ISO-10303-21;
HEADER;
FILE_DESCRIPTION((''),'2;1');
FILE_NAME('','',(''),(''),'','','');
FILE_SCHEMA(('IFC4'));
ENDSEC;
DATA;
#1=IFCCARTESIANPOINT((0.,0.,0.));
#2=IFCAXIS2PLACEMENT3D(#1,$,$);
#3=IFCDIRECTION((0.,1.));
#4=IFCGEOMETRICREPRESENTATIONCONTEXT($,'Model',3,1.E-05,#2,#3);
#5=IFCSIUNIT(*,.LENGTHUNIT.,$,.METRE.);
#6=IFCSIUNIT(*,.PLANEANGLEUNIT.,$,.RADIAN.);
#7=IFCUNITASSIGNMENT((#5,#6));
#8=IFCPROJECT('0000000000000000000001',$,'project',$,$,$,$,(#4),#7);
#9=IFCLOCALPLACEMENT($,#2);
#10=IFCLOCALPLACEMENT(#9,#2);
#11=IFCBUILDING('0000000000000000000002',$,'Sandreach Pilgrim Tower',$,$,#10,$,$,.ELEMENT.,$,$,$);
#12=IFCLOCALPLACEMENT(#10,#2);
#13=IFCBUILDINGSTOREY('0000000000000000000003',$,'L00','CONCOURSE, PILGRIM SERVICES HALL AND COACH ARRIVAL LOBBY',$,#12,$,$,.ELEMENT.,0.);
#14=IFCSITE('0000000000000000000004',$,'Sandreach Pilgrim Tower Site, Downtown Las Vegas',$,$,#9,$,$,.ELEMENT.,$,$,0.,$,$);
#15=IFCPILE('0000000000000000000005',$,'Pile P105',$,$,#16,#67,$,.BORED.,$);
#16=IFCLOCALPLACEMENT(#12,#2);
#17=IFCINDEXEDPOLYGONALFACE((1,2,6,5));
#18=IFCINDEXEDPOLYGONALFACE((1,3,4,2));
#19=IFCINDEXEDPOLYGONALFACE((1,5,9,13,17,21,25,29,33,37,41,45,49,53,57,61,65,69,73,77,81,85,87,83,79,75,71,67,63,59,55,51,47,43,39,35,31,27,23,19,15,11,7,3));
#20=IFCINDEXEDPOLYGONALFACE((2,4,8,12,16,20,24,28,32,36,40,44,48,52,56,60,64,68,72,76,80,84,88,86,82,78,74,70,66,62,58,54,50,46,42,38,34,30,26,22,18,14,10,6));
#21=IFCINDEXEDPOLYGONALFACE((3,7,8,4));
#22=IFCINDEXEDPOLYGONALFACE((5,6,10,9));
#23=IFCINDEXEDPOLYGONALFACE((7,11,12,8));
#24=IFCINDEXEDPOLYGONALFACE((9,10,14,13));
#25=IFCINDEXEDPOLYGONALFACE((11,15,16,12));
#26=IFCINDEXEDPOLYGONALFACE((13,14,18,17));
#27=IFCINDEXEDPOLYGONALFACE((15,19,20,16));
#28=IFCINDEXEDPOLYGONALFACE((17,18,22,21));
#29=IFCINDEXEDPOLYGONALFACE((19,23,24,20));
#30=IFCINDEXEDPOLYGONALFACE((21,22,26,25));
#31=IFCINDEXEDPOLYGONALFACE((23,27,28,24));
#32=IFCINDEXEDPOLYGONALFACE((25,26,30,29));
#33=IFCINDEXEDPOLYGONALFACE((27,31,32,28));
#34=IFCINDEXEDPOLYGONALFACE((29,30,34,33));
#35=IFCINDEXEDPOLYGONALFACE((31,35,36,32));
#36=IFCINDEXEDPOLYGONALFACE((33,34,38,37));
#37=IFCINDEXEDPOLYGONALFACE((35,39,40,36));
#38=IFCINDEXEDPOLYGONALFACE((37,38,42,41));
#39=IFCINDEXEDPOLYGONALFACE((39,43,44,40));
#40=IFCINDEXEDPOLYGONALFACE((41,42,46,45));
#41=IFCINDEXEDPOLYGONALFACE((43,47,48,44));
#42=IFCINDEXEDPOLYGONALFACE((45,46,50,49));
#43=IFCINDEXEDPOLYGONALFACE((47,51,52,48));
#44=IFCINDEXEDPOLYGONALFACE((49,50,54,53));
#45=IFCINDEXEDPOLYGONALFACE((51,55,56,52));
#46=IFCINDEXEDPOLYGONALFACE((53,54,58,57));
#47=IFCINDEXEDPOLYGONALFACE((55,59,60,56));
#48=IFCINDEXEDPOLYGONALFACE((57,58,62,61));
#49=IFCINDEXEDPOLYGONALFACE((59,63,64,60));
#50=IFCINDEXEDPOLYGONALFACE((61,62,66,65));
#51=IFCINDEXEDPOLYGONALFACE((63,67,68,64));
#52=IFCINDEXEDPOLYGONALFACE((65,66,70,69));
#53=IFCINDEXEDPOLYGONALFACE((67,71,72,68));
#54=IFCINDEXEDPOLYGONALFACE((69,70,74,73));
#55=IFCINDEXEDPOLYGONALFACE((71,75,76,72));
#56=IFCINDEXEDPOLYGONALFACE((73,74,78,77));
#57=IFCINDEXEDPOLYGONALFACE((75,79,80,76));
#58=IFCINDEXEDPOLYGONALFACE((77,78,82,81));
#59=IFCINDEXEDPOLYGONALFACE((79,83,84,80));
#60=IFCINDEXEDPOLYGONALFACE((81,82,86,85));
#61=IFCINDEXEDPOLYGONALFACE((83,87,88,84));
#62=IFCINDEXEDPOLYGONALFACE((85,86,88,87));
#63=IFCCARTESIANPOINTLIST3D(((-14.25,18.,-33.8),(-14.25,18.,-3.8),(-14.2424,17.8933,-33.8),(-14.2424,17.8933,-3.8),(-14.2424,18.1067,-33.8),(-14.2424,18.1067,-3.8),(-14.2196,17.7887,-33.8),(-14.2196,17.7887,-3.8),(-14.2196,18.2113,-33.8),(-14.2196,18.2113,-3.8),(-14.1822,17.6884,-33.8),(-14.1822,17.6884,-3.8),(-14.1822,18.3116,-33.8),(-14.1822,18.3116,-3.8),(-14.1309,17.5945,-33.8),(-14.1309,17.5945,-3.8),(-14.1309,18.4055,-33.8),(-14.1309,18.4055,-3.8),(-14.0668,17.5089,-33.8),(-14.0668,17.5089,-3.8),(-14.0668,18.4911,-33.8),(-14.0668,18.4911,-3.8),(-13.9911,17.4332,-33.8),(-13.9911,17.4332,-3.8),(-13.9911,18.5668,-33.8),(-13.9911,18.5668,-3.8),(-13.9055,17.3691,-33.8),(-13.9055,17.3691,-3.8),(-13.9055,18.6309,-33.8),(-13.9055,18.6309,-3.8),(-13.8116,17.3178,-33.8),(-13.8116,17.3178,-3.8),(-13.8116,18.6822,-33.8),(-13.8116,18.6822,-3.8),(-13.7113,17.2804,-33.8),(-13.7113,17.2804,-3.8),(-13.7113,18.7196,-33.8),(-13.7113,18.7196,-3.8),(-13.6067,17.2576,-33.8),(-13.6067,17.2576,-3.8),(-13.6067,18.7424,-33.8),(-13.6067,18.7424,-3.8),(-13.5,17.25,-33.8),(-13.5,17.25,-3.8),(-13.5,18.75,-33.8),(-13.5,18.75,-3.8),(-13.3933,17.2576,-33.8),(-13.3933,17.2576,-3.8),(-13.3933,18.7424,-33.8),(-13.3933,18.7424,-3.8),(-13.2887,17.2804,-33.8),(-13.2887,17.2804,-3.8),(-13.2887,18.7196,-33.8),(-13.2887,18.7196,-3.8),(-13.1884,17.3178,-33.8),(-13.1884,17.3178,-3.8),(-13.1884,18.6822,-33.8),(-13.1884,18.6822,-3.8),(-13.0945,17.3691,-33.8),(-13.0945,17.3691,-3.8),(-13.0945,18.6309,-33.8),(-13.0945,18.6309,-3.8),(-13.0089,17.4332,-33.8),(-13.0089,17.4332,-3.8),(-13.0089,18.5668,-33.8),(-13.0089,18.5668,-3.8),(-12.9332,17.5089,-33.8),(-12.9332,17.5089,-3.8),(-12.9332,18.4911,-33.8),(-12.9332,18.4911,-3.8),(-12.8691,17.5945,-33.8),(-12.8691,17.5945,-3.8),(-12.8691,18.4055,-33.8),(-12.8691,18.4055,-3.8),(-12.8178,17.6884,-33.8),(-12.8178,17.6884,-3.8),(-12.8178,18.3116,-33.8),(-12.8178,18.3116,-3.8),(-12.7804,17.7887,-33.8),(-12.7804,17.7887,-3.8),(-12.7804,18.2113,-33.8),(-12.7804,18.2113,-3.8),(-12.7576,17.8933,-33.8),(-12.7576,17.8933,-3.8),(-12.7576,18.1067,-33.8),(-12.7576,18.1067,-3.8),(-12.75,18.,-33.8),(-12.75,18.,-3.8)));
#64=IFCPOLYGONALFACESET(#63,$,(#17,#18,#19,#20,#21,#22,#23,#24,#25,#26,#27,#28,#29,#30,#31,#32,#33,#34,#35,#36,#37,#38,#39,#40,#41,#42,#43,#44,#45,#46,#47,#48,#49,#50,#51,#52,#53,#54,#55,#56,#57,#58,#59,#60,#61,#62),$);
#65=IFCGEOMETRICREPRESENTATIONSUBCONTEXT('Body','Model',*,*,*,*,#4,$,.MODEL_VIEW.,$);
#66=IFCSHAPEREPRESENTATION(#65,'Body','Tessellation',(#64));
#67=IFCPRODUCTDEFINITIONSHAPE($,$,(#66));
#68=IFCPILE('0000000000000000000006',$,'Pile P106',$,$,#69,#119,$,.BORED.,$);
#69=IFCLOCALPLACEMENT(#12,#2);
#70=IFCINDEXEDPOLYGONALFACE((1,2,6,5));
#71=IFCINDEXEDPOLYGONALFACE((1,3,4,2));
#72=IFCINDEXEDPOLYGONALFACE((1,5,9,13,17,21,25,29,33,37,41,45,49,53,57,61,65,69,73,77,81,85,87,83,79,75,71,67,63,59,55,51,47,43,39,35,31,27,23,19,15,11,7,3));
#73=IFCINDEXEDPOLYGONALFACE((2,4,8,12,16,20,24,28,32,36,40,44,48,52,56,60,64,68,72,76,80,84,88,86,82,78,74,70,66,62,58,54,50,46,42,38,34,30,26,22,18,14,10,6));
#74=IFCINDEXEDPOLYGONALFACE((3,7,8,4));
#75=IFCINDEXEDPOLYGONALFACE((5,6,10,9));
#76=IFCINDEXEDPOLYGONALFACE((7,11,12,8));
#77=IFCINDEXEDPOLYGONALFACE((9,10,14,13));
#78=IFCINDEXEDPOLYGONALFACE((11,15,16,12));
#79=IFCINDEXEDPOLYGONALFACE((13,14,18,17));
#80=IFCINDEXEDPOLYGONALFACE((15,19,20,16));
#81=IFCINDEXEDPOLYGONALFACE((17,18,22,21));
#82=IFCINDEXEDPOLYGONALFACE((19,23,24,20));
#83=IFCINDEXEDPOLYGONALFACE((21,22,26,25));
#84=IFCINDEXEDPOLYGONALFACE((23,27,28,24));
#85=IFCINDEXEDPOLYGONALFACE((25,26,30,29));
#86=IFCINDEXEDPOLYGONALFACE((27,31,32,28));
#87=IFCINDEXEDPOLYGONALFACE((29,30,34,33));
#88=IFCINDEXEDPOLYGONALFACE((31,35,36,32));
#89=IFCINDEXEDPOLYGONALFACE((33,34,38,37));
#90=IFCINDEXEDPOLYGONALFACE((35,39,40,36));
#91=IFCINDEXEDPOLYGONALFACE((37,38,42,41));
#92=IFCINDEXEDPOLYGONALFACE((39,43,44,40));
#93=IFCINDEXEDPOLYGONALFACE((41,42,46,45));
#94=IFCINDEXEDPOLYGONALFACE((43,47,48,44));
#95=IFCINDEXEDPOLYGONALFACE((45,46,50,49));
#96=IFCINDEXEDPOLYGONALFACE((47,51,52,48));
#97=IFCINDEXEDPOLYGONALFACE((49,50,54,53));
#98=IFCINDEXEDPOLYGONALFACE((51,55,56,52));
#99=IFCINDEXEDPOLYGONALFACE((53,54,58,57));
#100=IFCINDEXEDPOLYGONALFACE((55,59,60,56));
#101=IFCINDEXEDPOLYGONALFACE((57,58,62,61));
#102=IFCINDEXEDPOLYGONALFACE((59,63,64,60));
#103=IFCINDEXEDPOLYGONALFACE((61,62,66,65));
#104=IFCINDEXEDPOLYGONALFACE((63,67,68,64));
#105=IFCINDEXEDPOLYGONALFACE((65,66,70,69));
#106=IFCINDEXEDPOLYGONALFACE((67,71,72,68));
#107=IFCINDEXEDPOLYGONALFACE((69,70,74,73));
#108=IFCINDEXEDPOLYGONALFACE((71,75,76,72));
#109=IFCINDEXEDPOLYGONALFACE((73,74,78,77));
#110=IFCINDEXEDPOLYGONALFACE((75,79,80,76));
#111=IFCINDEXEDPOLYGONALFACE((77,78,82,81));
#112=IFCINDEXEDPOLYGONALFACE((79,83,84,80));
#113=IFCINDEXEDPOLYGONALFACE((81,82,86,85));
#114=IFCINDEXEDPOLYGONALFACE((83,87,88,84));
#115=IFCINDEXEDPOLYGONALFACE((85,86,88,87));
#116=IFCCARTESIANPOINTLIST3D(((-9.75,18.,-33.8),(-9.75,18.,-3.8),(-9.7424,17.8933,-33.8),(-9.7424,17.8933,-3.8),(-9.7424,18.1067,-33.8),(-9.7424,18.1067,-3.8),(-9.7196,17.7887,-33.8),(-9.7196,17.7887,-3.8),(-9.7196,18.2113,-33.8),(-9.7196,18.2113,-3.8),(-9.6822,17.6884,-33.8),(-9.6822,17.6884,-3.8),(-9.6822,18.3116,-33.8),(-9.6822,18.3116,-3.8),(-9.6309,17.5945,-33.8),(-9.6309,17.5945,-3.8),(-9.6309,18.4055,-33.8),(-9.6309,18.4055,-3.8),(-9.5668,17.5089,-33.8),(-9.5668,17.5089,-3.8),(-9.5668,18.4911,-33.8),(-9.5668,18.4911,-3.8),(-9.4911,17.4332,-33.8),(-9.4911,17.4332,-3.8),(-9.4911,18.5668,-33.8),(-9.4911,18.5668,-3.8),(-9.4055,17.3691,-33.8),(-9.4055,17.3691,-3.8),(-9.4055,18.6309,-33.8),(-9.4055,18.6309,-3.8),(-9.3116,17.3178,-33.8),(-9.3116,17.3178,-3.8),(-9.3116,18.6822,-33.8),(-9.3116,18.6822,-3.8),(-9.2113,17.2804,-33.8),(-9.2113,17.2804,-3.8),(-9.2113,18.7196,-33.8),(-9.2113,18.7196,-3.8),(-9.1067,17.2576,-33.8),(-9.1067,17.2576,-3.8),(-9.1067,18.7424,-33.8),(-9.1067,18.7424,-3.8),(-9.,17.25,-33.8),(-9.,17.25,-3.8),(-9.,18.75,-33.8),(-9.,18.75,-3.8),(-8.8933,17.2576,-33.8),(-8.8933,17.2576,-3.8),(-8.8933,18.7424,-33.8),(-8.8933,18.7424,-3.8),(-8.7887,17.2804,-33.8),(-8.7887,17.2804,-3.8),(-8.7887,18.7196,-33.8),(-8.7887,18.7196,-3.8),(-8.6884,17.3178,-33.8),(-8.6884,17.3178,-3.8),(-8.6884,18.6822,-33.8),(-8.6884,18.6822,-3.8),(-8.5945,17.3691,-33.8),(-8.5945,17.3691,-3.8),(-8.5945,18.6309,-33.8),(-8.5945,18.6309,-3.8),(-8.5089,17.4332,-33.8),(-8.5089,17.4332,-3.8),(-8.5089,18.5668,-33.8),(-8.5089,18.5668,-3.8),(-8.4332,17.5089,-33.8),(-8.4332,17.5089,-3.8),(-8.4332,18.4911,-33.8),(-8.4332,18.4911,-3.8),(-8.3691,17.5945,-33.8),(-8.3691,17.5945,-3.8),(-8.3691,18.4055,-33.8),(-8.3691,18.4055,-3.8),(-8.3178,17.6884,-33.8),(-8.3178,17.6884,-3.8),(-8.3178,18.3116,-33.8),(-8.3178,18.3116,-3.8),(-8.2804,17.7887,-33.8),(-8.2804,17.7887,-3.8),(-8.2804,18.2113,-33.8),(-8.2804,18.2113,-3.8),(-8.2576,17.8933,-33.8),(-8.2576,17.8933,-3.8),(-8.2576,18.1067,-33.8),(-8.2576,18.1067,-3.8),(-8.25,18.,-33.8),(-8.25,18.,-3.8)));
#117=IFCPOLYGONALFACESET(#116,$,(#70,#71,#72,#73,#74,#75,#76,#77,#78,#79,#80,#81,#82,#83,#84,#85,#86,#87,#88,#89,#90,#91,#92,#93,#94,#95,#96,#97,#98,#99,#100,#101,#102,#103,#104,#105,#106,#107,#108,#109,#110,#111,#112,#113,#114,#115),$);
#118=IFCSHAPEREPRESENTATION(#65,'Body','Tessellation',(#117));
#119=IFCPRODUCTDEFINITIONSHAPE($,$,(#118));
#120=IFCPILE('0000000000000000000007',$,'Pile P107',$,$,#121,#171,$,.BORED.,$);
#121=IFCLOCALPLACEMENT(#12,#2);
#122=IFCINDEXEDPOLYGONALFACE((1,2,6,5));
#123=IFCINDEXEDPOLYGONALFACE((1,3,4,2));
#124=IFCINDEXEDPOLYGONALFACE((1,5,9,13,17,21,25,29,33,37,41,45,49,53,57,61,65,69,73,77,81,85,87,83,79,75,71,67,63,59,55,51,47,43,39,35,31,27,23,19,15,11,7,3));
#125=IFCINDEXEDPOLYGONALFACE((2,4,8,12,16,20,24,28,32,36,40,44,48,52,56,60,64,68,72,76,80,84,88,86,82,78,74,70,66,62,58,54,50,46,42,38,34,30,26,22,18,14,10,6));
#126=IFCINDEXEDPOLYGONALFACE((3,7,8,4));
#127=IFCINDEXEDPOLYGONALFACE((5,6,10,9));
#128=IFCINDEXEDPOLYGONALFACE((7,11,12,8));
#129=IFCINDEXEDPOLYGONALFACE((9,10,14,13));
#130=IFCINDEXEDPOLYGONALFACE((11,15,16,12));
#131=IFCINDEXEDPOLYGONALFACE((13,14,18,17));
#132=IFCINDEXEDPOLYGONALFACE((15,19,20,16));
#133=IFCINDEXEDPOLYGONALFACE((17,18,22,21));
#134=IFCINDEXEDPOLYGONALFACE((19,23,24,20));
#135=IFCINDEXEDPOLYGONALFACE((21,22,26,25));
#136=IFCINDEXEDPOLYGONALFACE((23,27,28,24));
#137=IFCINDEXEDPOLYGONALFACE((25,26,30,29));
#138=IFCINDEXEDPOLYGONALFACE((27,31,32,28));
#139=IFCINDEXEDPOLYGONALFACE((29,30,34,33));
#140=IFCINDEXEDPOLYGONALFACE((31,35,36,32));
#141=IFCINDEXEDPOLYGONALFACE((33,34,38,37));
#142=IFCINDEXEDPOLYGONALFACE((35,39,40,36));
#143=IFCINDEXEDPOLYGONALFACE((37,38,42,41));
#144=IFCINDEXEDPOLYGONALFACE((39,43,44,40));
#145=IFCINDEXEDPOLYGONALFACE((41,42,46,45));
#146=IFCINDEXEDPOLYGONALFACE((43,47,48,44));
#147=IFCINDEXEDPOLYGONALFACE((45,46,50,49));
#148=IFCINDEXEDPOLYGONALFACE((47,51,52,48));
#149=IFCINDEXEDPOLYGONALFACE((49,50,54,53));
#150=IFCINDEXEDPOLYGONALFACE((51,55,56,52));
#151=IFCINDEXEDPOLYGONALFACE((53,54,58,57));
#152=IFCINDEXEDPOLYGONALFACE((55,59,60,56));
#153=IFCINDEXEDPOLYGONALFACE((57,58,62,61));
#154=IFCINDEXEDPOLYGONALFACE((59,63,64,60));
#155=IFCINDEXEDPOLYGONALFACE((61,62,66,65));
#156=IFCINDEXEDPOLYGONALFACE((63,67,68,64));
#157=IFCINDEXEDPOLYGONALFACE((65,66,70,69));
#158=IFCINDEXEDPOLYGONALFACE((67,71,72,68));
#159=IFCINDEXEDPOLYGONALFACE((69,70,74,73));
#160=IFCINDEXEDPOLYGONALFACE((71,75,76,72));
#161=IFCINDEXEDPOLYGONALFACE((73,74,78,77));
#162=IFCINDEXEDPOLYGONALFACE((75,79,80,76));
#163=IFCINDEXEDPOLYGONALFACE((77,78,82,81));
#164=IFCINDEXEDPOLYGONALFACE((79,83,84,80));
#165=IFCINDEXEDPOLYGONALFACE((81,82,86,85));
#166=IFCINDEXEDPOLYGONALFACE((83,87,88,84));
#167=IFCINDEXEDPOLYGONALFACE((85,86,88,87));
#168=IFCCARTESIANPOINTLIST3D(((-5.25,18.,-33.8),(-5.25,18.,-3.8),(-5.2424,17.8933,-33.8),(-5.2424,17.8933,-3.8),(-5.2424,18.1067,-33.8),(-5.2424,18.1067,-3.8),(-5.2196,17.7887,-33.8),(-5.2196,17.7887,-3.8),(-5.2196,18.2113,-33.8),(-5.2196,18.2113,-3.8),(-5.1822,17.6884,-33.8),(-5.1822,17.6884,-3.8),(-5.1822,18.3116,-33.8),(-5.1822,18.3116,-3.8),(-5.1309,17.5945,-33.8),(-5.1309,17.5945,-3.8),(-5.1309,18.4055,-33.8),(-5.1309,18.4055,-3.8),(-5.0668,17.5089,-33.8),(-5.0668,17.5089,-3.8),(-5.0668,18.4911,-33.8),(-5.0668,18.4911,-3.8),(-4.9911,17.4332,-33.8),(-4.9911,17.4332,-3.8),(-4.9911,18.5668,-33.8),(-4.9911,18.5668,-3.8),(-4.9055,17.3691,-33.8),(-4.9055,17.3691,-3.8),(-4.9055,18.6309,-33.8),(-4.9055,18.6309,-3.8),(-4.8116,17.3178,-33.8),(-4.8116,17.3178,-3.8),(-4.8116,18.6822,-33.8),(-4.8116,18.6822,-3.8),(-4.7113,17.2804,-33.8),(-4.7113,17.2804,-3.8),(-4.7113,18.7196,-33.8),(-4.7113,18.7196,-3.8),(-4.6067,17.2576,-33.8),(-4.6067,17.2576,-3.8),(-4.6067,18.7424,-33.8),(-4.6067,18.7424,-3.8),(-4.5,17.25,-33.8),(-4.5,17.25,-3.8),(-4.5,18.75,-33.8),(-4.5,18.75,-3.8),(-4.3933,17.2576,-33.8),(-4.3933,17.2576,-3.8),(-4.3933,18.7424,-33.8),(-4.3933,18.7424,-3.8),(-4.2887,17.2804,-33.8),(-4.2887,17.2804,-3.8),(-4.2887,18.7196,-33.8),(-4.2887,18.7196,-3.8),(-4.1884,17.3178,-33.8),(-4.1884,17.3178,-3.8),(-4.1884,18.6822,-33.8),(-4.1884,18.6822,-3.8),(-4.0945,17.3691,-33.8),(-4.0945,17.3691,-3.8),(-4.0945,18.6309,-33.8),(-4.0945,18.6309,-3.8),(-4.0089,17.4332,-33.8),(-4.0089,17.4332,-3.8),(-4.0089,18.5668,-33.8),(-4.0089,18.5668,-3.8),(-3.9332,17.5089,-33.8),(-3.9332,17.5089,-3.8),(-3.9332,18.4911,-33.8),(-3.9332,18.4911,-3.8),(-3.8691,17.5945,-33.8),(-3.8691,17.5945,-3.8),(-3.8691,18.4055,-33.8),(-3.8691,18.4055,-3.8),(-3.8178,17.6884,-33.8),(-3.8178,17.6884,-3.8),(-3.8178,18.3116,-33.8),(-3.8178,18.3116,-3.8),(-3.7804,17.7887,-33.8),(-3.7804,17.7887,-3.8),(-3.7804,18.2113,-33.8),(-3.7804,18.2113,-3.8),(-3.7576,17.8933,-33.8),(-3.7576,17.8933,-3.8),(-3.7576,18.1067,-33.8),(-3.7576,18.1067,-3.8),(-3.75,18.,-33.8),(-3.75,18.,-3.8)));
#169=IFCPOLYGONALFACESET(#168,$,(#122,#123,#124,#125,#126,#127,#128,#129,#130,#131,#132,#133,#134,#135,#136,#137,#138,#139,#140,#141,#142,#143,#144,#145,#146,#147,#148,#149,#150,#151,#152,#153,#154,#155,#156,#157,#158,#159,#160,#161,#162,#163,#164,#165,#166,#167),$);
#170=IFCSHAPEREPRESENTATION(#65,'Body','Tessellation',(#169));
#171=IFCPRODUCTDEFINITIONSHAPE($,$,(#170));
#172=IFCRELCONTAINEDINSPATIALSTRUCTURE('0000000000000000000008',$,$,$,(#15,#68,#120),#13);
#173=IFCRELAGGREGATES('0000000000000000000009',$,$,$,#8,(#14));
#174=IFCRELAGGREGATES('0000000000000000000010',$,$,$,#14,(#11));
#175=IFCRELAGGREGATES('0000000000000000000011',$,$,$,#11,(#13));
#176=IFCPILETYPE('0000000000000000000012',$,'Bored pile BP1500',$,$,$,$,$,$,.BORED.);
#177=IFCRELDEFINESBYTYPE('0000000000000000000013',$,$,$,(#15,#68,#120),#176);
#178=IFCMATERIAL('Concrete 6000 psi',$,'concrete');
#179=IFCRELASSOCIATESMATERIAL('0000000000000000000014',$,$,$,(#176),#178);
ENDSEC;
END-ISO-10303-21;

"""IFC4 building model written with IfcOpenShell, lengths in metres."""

from ifc_helpers import new_model, si_unit, direction, frame, origin, origin_2d, place, context, subcontext, project, spatial, circle, extrude, material, material_profile, profile_set, type_object, element, save


model = new_model("IFC4")

# Units and contexts
model_context = context("Model", 3, precision=1e-05, world=origin(), true_north=direction((0.0, 1.0)))
body_context = subcontext(model_context, "Body", "Model", "MODEL_VIEW")
ifc_project = project(units=[si_unit("LENGTHUNIT", "METRE"), si_unit("PLANEANGLEUNIT", "RADIAN")], contexts=[model_context])

# Site, building, storey
site_placement = place(None, origin())
site = spatial("IfcSite", under=ifc_project, at=site_placement, Name="Sandreach Pilgrim Tower Site, Downtown Las Vegas", CompositionType="ELEMENT", RefElevation=0.0)
building_placement = place(site_placement, origin())
building = spatial("IfcBuilding", under=site, at=building_placement, Name="Sandreach Pilgrim Tower", CompositionType="ELEMENT")
storey_placement = place(building_placement, origin())
storey = spatial("IfcBuildingStorey", under=building, at=storey_placement, Name="L00", Description="CONCOURSE, PILGRIM SERVICES HALL AND COACH ARRIVAL LOBBY", CompositionType="ELEMENT", Elevation=0.0)

# Piles
ifc_material_1 = material(Name="Concrete 6000 psi", Category="concrete")
ifc_material_profile_1 = material_profile(ifc_material_1, circle(Radius=0.75, at=origin_2d()), Name="BP1500")
ifc_profile_set_1 = profile_set([ifc_material_profile_1], Name="Concrete 6000 psi")
pile_type = type_object("IfcPileType", Name="Bored pile BP1500", PredefinedType="BORED", material=ifc_profile_set_1)
for number, where, z_axis, x_axis, name in (
    (1, (-13.5, 18.0, -3.8), (0.0, 0.0, -1.0), (1.0, 0.0, 0.0), "Pile P105"),
    (2, (-9.0, 18.0, -3.8), (0.0, 0.0, -1.0), (1.0, 0.0, 0.0), "Pile P106"),
    (3, (-4.5, 18.0, -3.8), (0.0, 0.0, -1.0), (1.0, 0.0, 0.0), "Pile P107"),
):
    element("IfcPile", number, at=place(storey_placement, frame(where, z_axis=z_axis, x_axis=x_axis)), inside=storey, type_object=pile_type, Name=name, PredefinedType="BORED", context=body_context, shape_type="SweptSolid", body=[
        extrude(circle(Radius=0.75, at=origin_2d()), origin(), (0.0, 0.0, 1.0), 30.0),
    ])

save(model, "model.ifc")
